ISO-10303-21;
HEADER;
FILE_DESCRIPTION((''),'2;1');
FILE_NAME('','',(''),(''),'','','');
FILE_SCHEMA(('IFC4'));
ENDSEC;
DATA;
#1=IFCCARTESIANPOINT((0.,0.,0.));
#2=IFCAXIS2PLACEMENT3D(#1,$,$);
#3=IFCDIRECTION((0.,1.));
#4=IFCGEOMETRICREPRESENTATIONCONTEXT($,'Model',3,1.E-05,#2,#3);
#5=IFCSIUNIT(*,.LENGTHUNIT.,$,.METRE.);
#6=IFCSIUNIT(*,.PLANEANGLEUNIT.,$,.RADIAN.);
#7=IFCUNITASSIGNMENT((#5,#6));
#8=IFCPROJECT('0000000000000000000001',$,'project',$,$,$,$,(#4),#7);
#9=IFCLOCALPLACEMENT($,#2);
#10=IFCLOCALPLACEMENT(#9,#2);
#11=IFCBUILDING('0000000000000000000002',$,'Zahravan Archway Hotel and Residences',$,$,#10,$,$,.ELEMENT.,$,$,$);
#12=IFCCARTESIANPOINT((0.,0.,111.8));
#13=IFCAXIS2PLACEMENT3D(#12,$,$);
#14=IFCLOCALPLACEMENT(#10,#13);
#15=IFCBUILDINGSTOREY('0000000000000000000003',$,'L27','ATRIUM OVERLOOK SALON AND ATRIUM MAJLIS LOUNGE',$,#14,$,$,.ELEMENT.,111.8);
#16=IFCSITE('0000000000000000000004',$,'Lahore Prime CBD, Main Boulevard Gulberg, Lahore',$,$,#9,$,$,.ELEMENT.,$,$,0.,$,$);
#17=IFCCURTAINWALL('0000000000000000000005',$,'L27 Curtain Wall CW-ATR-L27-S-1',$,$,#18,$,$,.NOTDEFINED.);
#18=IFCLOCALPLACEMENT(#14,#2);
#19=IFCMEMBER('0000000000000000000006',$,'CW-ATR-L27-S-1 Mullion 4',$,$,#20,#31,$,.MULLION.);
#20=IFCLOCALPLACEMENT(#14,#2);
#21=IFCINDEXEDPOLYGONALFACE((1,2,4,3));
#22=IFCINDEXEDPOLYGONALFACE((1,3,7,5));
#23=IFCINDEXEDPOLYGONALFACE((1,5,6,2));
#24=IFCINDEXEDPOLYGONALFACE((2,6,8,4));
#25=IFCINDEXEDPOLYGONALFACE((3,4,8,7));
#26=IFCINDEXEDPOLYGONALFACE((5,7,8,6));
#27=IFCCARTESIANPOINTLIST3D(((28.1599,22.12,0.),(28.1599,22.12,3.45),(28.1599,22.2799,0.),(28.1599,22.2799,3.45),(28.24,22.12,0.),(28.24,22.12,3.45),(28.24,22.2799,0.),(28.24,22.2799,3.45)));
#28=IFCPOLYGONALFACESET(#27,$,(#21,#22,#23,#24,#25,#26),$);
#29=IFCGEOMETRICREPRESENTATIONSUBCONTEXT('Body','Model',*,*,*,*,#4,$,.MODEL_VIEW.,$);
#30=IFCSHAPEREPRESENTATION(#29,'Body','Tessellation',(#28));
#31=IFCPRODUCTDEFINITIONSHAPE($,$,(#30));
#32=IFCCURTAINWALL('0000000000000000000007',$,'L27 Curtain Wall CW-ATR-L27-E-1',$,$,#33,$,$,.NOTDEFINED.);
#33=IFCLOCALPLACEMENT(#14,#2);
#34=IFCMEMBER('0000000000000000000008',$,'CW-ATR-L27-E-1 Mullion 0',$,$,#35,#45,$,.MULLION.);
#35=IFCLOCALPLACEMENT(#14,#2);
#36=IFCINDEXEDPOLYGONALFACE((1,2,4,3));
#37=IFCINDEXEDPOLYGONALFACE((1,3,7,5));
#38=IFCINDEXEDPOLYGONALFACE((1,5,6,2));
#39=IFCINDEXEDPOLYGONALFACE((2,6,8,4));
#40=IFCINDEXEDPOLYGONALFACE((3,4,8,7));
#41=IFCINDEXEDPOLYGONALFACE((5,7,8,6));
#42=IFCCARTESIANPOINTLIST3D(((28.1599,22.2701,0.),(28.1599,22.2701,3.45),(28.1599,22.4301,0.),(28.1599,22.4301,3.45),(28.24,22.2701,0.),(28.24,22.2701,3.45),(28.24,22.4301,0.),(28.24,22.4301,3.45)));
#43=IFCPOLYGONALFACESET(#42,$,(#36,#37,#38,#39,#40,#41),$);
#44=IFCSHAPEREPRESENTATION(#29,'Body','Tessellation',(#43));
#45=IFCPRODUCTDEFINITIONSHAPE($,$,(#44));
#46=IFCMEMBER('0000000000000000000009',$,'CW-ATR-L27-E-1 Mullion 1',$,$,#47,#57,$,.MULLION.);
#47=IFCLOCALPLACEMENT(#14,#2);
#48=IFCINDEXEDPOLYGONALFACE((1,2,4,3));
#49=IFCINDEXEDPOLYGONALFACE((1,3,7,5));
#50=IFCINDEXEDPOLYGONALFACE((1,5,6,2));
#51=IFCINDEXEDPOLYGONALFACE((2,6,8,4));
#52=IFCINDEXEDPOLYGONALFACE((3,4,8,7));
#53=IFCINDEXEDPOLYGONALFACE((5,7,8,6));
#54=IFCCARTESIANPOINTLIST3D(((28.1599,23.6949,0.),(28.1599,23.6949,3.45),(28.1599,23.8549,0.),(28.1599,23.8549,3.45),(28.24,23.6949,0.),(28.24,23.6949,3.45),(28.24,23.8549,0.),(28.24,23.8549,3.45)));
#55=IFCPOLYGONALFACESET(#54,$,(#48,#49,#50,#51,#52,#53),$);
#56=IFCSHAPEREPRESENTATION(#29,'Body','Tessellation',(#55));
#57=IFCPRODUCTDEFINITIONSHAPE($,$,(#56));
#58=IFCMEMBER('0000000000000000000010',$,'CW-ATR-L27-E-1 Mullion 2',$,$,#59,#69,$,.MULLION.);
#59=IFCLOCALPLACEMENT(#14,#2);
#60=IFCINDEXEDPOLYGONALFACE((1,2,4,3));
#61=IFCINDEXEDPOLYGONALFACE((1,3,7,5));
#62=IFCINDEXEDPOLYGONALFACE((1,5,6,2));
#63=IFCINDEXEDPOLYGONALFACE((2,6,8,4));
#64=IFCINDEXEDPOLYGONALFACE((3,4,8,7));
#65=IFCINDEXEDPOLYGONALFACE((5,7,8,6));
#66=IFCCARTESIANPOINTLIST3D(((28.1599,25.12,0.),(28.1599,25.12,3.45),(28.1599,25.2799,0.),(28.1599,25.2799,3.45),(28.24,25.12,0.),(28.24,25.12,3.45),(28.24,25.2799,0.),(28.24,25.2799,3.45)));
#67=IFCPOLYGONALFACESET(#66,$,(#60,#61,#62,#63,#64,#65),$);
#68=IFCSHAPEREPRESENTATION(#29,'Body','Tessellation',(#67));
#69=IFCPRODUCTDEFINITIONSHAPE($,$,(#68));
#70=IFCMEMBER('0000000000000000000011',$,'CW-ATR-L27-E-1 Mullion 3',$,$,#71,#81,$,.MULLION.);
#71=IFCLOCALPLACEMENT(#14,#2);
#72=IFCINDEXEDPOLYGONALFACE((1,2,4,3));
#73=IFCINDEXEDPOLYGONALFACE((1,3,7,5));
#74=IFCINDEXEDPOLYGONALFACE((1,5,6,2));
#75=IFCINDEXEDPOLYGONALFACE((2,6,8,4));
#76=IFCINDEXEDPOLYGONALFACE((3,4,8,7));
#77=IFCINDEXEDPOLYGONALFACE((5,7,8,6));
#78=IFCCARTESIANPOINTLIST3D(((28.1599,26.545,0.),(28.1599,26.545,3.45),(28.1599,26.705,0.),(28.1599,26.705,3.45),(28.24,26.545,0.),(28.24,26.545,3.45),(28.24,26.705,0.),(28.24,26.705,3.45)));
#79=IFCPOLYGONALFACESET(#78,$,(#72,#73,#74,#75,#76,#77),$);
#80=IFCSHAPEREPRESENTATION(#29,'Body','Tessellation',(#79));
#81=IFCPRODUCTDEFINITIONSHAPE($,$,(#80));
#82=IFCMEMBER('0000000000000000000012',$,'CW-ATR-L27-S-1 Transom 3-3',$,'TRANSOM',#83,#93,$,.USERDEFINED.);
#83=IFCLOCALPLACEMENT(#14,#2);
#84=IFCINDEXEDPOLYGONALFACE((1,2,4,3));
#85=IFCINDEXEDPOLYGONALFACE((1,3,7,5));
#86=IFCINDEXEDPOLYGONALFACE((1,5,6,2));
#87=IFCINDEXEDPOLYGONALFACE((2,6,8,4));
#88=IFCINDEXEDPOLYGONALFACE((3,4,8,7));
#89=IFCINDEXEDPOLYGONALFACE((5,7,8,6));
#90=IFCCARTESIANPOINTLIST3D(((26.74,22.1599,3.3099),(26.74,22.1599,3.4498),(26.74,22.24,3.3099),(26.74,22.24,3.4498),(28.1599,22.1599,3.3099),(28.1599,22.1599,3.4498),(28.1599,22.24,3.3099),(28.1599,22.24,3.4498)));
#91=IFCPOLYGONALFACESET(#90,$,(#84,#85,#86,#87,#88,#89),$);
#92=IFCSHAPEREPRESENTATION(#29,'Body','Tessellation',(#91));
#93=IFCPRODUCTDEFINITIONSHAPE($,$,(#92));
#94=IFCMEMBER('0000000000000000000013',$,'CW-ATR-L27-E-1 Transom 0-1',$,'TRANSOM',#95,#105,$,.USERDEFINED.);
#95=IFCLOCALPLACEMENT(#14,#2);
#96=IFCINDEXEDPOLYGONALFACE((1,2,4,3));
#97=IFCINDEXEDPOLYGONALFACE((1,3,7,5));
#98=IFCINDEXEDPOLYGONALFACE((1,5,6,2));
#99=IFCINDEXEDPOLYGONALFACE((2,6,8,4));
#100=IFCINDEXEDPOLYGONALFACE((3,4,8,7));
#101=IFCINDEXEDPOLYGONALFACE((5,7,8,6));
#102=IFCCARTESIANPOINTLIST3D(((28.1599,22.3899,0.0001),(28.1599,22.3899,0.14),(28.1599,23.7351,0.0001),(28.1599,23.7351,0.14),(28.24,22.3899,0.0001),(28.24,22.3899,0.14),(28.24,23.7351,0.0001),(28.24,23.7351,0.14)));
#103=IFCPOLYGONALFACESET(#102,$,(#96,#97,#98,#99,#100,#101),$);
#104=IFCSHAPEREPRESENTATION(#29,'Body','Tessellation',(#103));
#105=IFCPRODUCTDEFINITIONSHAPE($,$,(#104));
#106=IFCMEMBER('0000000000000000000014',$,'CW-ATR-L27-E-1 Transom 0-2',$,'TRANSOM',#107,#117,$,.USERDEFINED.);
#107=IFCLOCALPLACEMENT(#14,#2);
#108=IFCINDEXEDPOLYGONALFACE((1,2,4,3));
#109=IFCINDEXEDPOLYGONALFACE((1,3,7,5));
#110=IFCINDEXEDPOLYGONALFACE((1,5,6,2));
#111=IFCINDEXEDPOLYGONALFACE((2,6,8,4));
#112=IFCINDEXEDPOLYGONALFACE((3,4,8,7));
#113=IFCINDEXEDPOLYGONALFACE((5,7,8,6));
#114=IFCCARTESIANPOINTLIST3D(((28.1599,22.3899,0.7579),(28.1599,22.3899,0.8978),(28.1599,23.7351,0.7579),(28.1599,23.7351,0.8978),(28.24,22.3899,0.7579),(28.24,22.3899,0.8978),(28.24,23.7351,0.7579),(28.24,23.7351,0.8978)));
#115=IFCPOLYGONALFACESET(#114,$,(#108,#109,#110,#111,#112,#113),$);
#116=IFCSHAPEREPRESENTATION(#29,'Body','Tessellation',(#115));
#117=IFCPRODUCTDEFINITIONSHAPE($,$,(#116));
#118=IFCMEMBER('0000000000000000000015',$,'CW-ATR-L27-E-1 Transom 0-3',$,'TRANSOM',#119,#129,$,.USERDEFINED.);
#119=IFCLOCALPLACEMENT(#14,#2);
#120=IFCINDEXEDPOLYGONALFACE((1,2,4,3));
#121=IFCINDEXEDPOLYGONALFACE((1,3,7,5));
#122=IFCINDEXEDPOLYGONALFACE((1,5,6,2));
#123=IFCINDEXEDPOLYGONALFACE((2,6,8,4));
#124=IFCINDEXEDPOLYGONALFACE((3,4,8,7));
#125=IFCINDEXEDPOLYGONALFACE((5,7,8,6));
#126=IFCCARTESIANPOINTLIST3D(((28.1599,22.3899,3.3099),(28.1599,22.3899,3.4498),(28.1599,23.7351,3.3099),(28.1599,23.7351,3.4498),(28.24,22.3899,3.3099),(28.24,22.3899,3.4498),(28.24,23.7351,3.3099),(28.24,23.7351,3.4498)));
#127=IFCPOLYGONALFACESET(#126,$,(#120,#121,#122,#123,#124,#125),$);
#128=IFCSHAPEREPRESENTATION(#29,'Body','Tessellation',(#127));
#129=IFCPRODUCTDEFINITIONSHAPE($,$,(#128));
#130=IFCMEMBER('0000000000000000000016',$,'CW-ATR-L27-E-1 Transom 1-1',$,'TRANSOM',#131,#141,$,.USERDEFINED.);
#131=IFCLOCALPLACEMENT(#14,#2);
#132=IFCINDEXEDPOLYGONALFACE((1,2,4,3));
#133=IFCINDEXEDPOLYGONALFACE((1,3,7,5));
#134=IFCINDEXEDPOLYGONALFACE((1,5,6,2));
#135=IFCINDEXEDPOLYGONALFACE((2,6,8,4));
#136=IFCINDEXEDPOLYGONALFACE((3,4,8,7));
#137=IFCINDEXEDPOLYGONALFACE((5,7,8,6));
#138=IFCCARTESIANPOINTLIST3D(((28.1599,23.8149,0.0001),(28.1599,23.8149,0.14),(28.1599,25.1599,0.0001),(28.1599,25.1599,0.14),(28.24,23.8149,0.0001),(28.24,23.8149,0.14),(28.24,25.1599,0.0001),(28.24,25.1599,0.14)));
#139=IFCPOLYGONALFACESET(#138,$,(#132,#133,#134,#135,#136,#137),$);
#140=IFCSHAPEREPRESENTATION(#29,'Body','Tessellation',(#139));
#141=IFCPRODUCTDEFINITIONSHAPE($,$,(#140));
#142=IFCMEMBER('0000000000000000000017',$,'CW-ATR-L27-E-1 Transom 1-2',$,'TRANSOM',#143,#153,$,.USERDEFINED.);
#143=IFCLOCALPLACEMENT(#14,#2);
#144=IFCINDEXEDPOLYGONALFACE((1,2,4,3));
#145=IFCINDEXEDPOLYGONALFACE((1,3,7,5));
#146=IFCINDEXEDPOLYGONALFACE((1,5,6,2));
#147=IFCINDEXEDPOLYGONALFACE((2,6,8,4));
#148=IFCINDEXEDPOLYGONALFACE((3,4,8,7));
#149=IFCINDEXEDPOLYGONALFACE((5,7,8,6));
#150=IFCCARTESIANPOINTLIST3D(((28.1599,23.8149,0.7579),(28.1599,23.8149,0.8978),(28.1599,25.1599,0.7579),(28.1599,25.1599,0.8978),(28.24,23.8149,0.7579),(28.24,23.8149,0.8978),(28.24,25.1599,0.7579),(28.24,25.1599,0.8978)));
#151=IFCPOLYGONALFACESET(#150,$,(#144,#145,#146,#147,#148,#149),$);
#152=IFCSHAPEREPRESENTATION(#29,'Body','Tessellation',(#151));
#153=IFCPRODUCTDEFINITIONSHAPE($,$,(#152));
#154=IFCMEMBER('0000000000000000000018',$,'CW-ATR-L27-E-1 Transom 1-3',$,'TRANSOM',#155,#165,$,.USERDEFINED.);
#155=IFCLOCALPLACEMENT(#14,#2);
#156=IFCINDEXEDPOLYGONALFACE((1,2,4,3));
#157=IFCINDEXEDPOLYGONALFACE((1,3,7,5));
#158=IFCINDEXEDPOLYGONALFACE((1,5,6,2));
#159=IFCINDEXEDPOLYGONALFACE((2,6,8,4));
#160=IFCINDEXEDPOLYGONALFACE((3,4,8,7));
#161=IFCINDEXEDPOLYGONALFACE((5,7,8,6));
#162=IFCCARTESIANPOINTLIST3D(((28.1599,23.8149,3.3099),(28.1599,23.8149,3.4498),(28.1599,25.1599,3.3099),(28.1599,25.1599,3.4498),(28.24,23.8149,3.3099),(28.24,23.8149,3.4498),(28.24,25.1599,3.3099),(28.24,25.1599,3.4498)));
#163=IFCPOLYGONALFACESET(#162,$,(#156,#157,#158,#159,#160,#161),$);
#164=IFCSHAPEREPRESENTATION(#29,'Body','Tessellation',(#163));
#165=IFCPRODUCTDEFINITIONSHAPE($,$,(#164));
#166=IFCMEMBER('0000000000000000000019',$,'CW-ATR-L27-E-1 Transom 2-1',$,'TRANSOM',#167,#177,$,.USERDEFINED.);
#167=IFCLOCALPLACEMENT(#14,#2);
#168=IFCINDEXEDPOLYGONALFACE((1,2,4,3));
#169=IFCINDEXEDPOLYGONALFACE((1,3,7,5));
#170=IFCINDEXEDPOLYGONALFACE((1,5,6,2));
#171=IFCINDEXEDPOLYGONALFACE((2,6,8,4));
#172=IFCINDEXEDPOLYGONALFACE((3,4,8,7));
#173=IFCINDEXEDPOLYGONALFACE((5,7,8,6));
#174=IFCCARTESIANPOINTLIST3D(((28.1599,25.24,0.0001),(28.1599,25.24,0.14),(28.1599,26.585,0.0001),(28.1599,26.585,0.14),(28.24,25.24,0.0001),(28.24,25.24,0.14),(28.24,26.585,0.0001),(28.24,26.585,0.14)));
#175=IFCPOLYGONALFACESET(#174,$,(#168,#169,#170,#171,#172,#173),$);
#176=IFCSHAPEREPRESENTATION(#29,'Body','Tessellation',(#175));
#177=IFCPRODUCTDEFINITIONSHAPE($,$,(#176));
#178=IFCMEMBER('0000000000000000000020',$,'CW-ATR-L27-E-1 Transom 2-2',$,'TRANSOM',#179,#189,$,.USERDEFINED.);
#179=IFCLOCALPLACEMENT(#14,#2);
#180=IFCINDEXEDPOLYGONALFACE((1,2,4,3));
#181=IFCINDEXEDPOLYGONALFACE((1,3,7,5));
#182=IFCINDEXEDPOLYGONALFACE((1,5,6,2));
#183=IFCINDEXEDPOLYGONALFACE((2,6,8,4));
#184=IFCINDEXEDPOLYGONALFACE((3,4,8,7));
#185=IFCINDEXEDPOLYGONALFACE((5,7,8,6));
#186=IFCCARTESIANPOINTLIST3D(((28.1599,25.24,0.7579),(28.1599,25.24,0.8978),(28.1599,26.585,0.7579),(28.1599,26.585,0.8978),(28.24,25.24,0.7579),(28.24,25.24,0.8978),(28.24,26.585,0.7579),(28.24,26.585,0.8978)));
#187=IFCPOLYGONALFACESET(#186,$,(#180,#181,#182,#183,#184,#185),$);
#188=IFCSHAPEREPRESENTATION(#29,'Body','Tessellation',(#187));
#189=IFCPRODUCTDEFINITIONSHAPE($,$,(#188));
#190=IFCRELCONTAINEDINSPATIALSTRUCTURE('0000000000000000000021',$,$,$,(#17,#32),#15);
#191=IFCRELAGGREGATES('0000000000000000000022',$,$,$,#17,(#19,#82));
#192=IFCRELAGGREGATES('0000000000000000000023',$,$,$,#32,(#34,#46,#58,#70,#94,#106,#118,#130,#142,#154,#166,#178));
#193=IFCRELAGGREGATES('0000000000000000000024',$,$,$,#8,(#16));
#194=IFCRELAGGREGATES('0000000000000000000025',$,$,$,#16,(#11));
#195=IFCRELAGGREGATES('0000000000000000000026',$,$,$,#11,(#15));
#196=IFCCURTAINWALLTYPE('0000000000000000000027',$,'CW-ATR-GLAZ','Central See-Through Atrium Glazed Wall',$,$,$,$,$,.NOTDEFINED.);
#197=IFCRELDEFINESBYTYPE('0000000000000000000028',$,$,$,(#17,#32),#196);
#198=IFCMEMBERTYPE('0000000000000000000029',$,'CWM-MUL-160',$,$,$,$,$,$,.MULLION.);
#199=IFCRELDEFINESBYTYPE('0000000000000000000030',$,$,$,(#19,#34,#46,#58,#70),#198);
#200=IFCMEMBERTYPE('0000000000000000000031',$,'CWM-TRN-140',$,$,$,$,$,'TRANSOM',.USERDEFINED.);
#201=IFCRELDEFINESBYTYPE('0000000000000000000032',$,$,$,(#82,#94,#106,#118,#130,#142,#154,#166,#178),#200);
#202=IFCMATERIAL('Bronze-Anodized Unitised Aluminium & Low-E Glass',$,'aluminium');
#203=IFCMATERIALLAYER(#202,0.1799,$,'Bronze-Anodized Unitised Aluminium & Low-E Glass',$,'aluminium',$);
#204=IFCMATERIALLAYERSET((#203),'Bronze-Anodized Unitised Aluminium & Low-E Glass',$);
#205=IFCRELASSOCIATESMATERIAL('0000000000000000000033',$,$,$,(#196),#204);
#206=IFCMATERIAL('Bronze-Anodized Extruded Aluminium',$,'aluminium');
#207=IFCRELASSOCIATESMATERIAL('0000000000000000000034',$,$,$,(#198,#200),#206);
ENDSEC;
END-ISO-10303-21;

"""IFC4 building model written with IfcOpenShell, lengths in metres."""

from ifc_helpers import new_model, si_unit, direction, frame, origin, origin_2d, place, context, subcontext, project, spatial, rectangle, extrude, source, transform, mapped, material, layer, layer_set, material_profile, profile_set, type_object, element, aggregate, save


model = new_model("IFC4")

# Units and contexts
model_context = context("Model", 3, precision=1e-05, world=origin(), true_north=direction((0.0, 1.0)))
body_context = subcontext(model_context, "Body", "Model", "MODEL_VIEW")
ifc_project = project(units=[si_unit("LENGTHUNIT", "METRE"), si_unit("PLANEANGLEUNIT", "RADIAN")], contexts=[model_context])

# Site, building, storey
site_placement = place(None, origin())
site = spatial("IfcSite", under=ifc_project, at=site_placement, Name="Lahore Prime CBD, Main Boulevard Gulberg, Lahore", CompositionType="ELEMENT", RefElevation=0.0)
building_placement = place(site_placement, origin())
building = spatial("IfcBuilding", under=site, at=building_placement, Name="Zahravan Archway Hotel and Residences", CompositionType="ELEMENT")
storey_placement = place(building_placement, frame((0.0, 0.0, 111.8)))
storey = spatial("IfcBuildingStorey", under=building, at=storey_placement, Name="L27", Description="ATRIUM OVERLOOK SALON AND ATRIUM MAJLIS LOUNGE", CompositionType="ELEMENT", Elevation=111.8)

# Curtain wall, member
ifc_material_1 = material(Name="Bronze-Anodized Unitised Aluminium & Low-E Glass", Category="aluminium")
ifc_layer_1 = layer(ifc_material_1, 0.1799, Name="Bronze-Anodized Unitised Aluminium & Low-E Glass", Category="aluminium")
ifc_layer_set_1 = layer_set([ifc_layer_1], Name="Bronze-Anodized Unitised Aluminium & Low-E Glass")
curtain_wall_type = type_object("IfcCurtainWallType", Name="CW-ATR-GLAZ", Description="Central See-Through Atrium Glazed Wall", PredefinedType="NOTDEFINED", material=ifc_layer_set_1)
curtain_wall_1_placement = place(storey_placement, origin())
curtain_wall_1 = element("IfcCurtainWall", 1, at=curtain_wall_1_placement, inside=storey, type_object=curtain_wall_type, Name="L27 Curtain Wall CW-ATR-L27-S-1", PredefinedType="NOTDEFINED")
ifc_material_2 = material(Name="Bronze-Anodized Extruded Aluminium", Category="aluminium")
ifc_material_profile_1 = material_profile(ifc_material_2, rectangle(XDim=0.0801, YDim=0.1599, at=origin_2d()), Name="MUL 80x160", Category="aluminium")
ifc_profile_set_1 = profile_set([ifc_material_profile_1], Name="Bronze-Anodized Extruded Aluminium")
member_type_1 = type_object("IfcMemberType", Name="CWM-MUL-160", PredefinedType="MULLION", material=ifc_profile_set_1)
shared_shape_1 = source(origin(), body_context, "Body", "SweptSolid", [
    extrude(rectangle(XDim=0.0801, YDim=0.1599, at=origin_2d()), origin(), (0.0, 0.0, 1.0), 3.45),
])
member_1_placement = place(storey_placement, frame((28.2, 22.2, 0.0), z_axis=(0.0, 0.0, 1.0), x_axis=(1.0, 0.0, 0.0)))
member_1 = element("IfcMember", 2, at=member_1_placement, type_object=member_type_1, Name="CW-ATR-L27-S-1 Mullion 4", PredefinedType="MULLION", context=body_context, shape_type="MappedRepresentation", body=[
    mapped(shared_shape_1, transform((0.0, 0.0, 0.0), scale=1.0)),
])

# Curtain wall, members
curtain_wall_2_placement = place(storey_placement, origin())
curtain_wall_2 = element("IfcCurtainWall", 3, at=curtain_wall_2_placement, inside=storey, type_object=curtain_wall_type, Name="L27 Curtain Wall CW-ATR-L27-E-1", PredefinedType="NOTDEFINED")
member_2_placement = place(storey_placement, frame((28.2, 22.3501, 0.0), z_axis=(0.0, 0.0, 1.0), x_axis=(1.0, 0.0, 0.0)))
member_2 = element("IfcMember", 4, at=member_2_placement, type_object=member_type_1, Name="CW-ATR-L27-E-1 Mullion 0", PredefinedType="MULLION", context=body_context, shape_type="MappedRepresentation", body=[
    mapped(shared_shape_1, transform((0.0, 0.0, 0.0), scale=1.0)),
])
member_3_placement = place(storey_placement, frame((28.2, 23.7749, 0.0), z_axis=(0.0, 0.0, 1.0), x_axis=(1.0, 0.0, 0.0)))
member_3 = element("IfcMember", 5, at=member_3_placement, type_object=member_type_1, Name="CW-ATR-L27-E-1 Mullion 1", PredefinedType="MULLION", context=body_context, shape_type="MappedRepresentation", body=[
    mapped(shared_shape_1, transform((0.0, 0.0, 0.0), scale=1.0)),
])
member_4_placement = place(storey_placement, frame((28.2, 25.2, 0.0), z_axis=(0.0, 0.0, 1.0), x_axis=(1.0, 0.0, 0.0)))
member_4 = element("IfcMember", 6, at=member_4_placement, type_object=member_type_1, Name="CW-ATR-L27-E-1 Mullion 2", PredefinedType="MULLION", context=body_context, shape_type="MappedRepresentation", body=[
    mapped(shared_shape_1, transform((0.0, 0.0, 0.0), scale=1.0)),
])
member_5_placement = place(storey_placement, frame((28.2, 26.625, 0.0), z_axis=(0.0, 0.0, 1.0), x_axis=(1.0, 0.0, 0.0)))
member_5 = element("IfcMember", 7, at=member_5_placement, type_object=member_type_1, Name="CW-ATR-L27-E-1 Mullion 3", PredefinedType="MULLION", context=body_context, shape_type="MappedRepresentation", body=[
    mapped(shared_shape_1, transform((0.0, 0.0, 0.0), scale=1.0)),
])

# Members
ifc_material_profile_2 = material_profile(ifc_material_2, rectangle(XDim=0.0801, YDim=0.1399, at=origin_2d()), Name="TRN 80x140", Category="aluminium")
ifc_profile_set_2 = profile_set([ifc_material_profile_2], Name="Bronze-Anodized Extruded Aluminium")
member_type_2 = type_object("IfcMemberType", Name="CWM-TRN-140", ElementType="TRANSOM", PredefinedType="USERDEFINED", material=ifc_profile_set_2)
shared_shape_2 = source(origin(), body_context, "Body", "SweptSolid", [
    extrude(rectangle(XDim=0.0801, YDim=0.1399, at=origin_2d()), origin(), (0.0, 0.0, 1.0), 1.4199),
])
member_6_placement = place(storey_placement, frame((26.74, 22.2, 3.3799), z_axis=(1.0, 0.0, 0.0), x_axis=(0.0, 1.0, 0.0)))
member_6 = element("IfcMember", 8, at=member_6_placement, type_object=member_type_2, Name="CW-ATR-L27-S-1 Transom 3-3", ObjectType="TRANSOM", PredefinedType="USERDEFINED", context=body_context, shape_type="MappedRepresentation", body=[
    mapped(shared_shape_2, transform((0.0, 0.0, 0.0), scale=1.0)),
])
shared_shape_3 = source(origin(), body_context, "Body", "SweptSolid", [
    extrude(rectangle(XDim=0.0801, YDim=0.1399, at=origin_2d()), origin(), (0.0, 0.0, 1.0), 1.3452),
])
member_7_placement = place(storey_placement, frame((28.2, 22.3899, 0.0701), z_axis=(0.0, 1.0, 0.0), x_axis=(-1.0, 0.0, 0.0)))
member_7 = element("IfcMember", 9, at=member_7_placement, type_object=member_type_2, Name="CW-ATR-L27-E-1 Transom 0-1", ObjectType="TRANSOM", PredefinedType="USERDEFINED", context=body_context, shape_type="MappedRepresentation", body=[
    mapped(shared_shape_3, transform((0.0, 0.0, 0.0), scale=1.0)),
])
member_8_placement = place(storey_placement, frame((28.2, 22.3899, 0.8279), z_axis=(0.0, 1.0, 0.0), x_axis=(-1.0, 0.0, 0.0)))
member_8 = element("IfcMember", 10, at=member_8_placement, type_object=member_type_2, Name="CW-ATR-L27-E-1 Transom 0-2", ObjectType="TRANSOM", PredefinedType="USERDEFINED", context=body_context, shape_type="MappedRepresentation", body=[
    mapped(shared_shape_3, transform((0.0, 0.0, 0.0), scale=1.0)),
])
member_9_placement = place(storey_placement, frame((28.2, 22.3899, 3.3799), z_axis=(0.0, 1.0, 0.0), x_axis=(-1.0, 0.0, 0.0)))
member_9 = element("IfcMember", 11, at=member_9_placement, type_object=member_type_2, Name="CW-ATR-L27-E-1 Transom 0-3", ObjectType="TRANSOM", PredefinedType="USERDEFINED", context=body_context, shape_type="MappedRepresentation", body=[
    mapped(shared_shape_3, transform((0.0, 0.0, 0.0), scale=1.0)),
])
shared_shape_4 = source(origin(), body_context, "Body", "SweptSolid", [
    extrude(rectangle(XDim=0.0801, YDim=0.1399, at=origin_2d()), origin(), (0.0, 0.0, 1.0), 1.345),
])
member_10_placement = place(storey_placement, frame((28.2, 23.8149, 0.0701), z_axis=(0.0, 1.0, 0.0), x_axis=(-1.0, 0.0, 0.0)))
member_10 = element("IfcMember", 12, at=member_10_placement, type_object=member_type_2, Name="CW-ATR-L27-E-1 Transom 1-1", ObjectType="TRANSOM", PredefinedType="USERDEFINED", context=body_context, shape_type="MappedRepresentation", body=[
    mapped(shared_shape_4, transform((0.0, 0.0, 0.0), scale=1.0)),
])
member_11_placement = place(storey_placement, frame((28.2, 23.8149, 0.8279), z_axis=(0.0, 1.0, 0.0), x_axis=(-1.0, 0.0, 0.0)))
member_11 = element("IfcMember", 13, at=member_11_placement, type_object=member_type_2, Name="CW-ATR-L27-E-1 Transom 1-2", ObjectType="TRANSOM", PredefinedType="USERDEFINED", context=body_context, shape_type="MappedRepresentation", body=[
    mapped(shared_shape_4, transform((0.0, 0.0, 0.0), scale=1.0)),
])
member_12_placement = place(storey_placement, frame((28.2, 23.8149, 3.3799), z_axis=(0.0, 1.0, 0.0), x_axis=(-1.0, 0.0, 0.0)))
member_12 = element("IfcMember", 14, at=member_12_placement, type_object=member_type_2, Name="CW-ATR-L27-E-1 Transom 1-3", ObjectType="TRANSOM", PredefinedType="USERDEFINED", context=body_context, shape_type="MappedRepresentation", body=[
    mapped(shared_shape_4, transform((0.0, 0.0, 0.0), scale=1.0)),
])
member_13_placement = place(storey_placement, frame((28.2, 25.24, 0.0701), z_axis=(0.0, 1.0, 0.0), x_axis=(-1.0, 0.0, 0.0)))
member_13 = element("IfcMember", 15, at=member_13_placement, type_object=member_type_2, Name="CW-ATR-L27-E-1 Transom 2-1", ObjectType="TRANSOM", PredefinedType="USERDEFINED", context=body_context, shape_type="MappedRepresentation", body=[
    mapped(shared_shape_4, transform((0.0, 0.0, 0.0), scale=1.0)),
])
member_14_placement = place(storey_placement, frame((28.2, 25.24, 0.8279), z_axis=(0.0, 1.0, 0.0), x_axis=(-1.0, 0.0, 0.0)))
member_14 = element("IfcMember", 16, at=member_14_placement, type_object=member_type_2, Name="CW-ATR-L27-E-1 Transom 2-2", ObjectType="TRANSOM", PredefinedType="USERDEFINED", context=body_context, shape_type="MappedRepresentation", body=[
    mapped(shared_shape_4, transform((0.0, 0.0, 0.0), scale=1.0)),
])

aggregate(curtain_wall_1, [member_1, member_6])
aggregate(curtain_wall_2, [member_2, member_3, member_4, member_5, member_7, member_8, member_9, member_10, member_11, member_12, member_13, member_14])

save(model, "model.ifc")
